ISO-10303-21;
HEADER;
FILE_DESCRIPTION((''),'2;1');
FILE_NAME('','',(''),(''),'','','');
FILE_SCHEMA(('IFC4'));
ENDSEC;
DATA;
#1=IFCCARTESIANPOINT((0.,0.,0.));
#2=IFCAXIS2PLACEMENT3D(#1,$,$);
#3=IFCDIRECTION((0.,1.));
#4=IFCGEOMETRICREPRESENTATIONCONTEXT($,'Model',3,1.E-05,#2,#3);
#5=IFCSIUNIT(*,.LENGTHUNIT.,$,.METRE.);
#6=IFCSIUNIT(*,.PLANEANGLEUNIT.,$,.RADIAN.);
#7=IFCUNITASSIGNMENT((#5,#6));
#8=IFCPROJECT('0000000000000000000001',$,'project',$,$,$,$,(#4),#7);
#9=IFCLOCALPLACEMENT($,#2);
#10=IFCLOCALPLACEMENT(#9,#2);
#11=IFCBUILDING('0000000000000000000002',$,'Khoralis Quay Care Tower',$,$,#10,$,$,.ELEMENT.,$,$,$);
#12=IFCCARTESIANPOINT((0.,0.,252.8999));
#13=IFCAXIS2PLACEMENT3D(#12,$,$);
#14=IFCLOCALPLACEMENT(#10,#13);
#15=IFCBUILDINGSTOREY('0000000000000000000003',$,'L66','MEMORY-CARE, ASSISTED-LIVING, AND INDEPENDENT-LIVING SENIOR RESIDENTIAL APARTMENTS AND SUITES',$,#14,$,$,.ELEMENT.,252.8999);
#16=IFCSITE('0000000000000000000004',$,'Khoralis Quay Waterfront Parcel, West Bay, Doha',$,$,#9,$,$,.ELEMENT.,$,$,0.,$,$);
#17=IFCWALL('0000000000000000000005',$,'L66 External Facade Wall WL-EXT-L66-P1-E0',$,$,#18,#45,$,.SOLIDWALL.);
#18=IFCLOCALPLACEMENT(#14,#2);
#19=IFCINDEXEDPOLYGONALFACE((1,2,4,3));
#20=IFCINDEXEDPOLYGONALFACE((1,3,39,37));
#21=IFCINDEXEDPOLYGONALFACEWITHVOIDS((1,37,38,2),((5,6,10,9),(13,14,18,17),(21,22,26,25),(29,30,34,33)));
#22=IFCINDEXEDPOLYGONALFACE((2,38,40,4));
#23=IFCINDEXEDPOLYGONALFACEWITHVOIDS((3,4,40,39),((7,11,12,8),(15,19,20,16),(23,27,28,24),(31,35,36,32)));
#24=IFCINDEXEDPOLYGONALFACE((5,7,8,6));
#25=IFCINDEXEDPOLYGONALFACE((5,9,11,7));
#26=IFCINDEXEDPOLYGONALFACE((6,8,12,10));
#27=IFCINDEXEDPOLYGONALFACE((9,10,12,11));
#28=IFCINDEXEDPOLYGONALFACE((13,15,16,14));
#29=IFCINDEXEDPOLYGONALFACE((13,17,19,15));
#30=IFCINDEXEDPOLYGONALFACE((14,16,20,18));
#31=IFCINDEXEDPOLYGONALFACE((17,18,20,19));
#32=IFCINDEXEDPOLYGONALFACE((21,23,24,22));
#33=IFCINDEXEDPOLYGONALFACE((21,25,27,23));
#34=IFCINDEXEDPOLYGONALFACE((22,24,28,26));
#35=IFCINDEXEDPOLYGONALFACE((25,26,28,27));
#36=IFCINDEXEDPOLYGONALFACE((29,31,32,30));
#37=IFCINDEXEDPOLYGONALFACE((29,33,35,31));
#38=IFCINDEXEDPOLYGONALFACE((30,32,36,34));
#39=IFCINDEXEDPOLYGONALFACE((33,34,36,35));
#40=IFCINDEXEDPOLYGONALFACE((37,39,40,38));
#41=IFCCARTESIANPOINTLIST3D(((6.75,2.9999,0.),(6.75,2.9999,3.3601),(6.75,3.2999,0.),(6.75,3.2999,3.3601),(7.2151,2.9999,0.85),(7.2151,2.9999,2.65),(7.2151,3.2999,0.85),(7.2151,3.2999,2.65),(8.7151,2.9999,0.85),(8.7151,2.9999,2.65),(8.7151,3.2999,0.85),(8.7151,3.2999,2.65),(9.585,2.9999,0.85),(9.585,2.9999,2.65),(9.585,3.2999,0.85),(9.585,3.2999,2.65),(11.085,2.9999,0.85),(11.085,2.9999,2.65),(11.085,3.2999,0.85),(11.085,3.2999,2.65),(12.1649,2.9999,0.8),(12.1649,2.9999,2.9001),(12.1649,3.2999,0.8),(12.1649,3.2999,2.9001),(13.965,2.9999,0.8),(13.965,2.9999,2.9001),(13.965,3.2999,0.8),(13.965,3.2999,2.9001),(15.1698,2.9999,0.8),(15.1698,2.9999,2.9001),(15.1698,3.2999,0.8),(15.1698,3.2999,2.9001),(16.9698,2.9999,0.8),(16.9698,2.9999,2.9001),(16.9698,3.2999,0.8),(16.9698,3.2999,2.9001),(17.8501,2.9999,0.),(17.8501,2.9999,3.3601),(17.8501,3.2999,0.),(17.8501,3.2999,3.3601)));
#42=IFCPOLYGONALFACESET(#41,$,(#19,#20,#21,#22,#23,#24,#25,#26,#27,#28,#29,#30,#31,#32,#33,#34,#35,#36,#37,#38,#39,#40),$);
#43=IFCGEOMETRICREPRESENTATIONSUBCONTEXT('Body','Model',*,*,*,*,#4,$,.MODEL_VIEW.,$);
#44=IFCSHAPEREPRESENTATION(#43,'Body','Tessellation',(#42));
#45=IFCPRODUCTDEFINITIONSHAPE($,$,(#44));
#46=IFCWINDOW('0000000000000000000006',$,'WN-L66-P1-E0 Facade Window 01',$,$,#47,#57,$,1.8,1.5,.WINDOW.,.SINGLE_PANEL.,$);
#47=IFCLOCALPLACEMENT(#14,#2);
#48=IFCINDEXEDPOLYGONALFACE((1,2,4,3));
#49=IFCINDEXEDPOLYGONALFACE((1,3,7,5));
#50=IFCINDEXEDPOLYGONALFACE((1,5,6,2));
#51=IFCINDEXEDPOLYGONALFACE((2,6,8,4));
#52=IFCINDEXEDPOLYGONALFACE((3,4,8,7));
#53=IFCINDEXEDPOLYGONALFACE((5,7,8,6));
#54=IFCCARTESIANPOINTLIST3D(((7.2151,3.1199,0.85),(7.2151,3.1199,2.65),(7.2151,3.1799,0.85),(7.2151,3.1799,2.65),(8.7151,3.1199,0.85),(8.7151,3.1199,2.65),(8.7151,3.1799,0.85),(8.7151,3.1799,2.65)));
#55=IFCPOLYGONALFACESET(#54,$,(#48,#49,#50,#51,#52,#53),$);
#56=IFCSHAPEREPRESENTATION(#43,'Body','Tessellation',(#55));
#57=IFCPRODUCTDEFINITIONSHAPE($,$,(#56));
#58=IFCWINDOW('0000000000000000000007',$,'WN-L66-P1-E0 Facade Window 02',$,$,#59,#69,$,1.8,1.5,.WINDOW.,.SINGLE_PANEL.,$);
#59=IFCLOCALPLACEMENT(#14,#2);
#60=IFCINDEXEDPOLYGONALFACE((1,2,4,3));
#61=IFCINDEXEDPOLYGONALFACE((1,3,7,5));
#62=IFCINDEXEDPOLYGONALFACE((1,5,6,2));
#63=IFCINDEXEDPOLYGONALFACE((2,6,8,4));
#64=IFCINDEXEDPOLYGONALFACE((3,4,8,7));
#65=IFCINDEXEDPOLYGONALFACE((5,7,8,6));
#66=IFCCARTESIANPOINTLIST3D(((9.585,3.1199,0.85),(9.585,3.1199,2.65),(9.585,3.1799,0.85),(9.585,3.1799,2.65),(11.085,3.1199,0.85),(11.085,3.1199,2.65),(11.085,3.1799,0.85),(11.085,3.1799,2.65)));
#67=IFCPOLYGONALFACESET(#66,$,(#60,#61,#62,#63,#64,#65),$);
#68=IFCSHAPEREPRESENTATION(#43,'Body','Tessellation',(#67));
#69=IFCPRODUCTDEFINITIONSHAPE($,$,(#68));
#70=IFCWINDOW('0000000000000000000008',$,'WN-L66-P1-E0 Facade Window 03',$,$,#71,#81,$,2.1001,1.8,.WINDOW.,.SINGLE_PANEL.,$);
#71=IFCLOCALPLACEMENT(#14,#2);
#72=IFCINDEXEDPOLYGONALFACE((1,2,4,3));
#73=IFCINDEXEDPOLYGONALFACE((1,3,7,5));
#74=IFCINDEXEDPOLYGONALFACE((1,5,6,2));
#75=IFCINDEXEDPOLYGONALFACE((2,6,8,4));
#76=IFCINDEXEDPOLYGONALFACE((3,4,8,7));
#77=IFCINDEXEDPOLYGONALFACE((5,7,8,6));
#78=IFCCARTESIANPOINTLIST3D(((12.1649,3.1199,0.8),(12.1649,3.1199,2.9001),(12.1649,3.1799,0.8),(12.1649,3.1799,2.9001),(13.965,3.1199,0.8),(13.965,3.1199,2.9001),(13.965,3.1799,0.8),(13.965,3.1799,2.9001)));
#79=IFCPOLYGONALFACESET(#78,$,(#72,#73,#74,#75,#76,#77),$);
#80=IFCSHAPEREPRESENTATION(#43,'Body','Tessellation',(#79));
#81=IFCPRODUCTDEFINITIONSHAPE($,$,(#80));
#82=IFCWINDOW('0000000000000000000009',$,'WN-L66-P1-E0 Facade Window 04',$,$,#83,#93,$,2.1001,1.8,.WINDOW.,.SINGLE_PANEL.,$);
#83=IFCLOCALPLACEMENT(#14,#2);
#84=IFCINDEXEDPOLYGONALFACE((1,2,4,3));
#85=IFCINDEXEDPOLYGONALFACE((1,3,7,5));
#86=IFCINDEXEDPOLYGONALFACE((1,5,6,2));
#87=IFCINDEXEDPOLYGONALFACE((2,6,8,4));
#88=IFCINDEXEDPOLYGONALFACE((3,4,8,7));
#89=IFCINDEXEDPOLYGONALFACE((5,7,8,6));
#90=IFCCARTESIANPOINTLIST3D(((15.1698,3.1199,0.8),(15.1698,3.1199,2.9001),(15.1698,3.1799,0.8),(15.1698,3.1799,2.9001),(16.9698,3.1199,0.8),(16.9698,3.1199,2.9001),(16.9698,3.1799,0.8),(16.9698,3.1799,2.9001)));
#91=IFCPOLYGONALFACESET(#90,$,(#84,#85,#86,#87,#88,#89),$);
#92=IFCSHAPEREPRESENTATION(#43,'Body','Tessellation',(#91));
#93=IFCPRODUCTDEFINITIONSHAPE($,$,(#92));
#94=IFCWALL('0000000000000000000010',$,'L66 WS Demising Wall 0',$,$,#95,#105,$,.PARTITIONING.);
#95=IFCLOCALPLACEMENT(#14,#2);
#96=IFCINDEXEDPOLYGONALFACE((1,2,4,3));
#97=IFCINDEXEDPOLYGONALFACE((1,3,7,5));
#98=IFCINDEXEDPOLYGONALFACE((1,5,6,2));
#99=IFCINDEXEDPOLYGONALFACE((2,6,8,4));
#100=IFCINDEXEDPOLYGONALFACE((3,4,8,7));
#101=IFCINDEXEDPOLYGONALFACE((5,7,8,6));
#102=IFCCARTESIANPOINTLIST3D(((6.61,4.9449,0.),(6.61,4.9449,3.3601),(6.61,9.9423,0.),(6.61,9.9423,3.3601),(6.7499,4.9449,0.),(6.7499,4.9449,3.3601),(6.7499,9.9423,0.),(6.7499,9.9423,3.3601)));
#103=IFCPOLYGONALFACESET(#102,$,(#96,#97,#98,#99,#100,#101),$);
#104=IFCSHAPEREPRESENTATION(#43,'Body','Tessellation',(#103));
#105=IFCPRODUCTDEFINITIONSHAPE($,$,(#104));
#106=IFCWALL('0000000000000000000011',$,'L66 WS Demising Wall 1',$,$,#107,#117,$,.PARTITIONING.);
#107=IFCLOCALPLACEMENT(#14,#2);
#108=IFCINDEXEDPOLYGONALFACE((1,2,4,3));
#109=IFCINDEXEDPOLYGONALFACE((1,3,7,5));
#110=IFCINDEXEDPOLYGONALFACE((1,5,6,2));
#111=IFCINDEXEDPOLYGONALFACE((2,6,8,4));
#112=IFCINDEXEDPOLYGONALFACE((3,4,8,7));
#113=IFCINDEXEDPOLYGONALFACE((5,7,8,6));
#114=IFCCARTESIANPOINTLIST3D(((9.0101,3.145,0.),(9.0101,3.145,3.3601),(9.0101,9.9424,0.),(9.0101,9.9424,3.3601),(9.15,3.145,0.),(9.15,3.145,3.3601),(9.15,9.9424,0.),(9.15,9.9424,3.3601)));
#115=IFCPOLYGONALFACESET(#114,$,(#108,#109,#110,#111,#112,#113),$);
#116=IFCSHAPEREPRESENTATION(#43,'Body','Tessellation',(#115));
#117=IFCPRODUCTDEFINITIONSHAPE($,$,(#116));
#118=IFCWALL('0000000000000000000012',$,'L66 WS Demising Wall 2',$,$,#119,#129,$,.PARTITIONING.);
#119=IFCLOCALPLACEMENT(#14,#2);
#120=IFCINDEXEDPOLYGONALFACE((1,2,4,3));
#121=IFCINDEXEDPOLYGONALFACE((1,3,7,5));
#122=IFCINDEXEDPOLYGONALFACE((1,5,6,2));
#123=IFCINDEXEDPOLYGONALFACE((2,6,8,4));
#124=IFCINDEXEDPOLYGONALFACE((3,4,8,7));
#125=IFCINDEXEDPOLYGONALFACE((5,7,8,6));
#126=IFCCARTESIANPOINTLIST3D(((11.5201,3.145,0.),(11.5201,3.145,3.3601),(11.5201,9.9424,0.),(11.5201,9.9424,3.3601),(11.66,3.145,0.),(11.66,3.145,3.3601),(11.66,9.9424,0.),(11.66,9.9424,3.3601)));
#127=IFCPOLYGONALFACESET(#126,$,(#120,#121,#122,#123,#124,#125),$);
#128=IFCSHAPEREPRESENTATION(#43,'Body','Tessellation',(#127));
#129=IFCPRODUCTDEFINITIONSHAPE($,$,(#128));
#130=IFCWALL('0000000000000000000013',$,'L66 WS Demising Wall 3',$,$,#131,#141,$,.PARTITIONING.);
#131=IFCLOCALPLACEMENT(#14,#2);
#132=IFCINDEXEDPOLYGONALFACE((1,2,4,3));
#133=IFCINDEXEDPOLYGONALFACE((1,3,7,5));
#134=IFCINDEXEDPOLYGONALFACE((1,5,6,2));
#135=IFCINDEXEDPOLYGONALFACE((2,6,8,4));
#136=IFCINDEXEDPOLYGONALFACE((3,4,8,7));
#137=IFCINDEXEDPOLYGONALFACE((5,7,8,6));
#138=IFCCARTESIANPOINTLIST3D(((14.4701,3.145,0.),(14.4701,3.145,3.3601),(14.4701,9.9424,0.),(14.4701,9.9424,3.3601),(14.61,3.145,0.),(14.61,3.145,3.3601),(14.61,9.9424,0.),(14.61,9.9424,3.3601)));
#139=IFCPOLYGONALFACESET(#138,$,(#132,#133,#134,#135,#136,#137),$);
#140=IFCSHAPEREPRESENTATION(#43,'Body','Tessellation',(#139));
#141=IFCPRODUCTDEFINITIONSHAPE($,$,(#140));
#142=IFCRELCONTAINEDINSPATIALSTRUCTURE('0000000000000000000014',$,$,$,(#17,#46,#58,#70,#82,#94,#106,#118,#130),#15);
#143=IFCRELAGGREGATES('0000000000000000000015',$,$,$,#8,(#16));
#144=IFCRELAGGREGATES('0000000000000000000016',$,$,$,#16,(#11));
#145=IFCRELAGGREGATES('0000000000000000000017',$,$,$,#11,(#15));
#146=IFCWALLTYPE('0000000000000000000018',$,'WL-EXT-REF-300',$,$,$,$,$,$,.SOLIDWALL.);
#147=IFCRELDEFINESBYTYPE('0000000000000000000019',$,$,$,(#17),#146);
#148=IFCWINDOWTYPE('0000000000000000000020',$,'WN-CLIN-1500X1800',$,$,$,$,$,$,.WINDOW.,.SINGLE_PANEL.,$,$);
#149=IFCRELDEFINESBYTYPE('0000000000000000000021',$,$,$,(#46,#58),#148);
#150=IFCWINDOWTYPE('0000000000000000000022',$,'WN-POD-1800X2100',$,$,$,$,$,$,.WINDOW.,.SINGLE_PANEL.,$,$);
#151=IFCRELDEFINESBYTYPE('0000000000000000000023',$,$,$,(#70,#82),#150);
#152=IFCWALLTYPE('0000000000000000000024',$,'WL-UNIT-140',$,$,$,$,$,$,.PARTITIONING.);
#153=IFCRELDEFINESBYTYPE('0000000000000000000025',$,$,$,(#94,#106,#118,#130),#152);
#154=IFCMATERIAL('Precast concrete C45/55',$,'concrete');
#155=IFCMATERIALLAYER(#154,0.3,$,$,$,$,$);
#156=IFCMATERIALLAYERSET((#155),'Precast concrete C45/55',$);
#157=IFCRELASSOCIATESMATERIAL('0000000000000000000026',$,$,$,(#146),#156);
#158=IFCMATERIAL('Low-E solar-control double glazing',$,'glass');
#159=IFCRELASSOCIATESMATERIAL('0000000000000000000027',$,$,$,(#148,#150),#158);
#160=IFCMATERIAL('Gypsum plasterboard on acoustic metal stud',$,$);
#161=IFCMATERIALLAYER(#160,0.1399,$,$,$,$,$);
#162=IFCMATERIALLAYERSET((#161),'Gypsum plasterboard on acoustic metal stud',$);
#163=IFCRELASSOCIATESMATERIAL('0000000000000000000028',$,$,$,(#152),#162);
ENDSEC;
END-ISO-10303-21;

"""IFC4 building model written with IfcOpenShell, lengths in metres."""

from ifc_helpers import new_model, si_unit, direction, frame, frame_2d, origin, place, context, subcontext, project, spatial, rectangle, extrude, source, transform, mapped, material, layer, layer_set, type_object, element, fill, save


model = new_model("IFC4")

# Units and contexts
model_context = context("Model", 3, precision=1e-05, world=origin(), true_north=direction((0.0, 1.0)))
body_context = subcontext(model_context, "Body", "Model", "MODEL_VIEW")
ifc_project = project(units=[si_unit("LENGTHUNIT", "METRE"), si_unit("PLANEANGLEUNIT", "RADIAN")], contexts=[model_context])

# Site, building, storey
site_placement = place(None, origin())
site = spatial("IfcSite", under=ifc_project, at=site_placement, Name="Khoralis Quay Waterfront Parcel, West Bay, Doha", CompositionType="ELEMENT", RefElevation=0.0)
building_placement = place(site_placement, origin())
building = spatial("IfcBuilding", under=site, at=building_placement, Name="Khoralis Quay Care Tower", CompositionType="ELEMENT")
storey_placement = place(building_placement, frame((0.0, 0.0, 252.8999)))
storey = spatial("IfcBuildingStorey", under=building, at=storey_placement, Name="L66", Description="MEMORY-CARE, ASSISTED-LIVING, AND INDEPENDENT-LIVING SENIOR RESIDENTIAL APARTMENTS AND SUITES", CompositionType="ELEMENT", Elevation=252.8999)

# Wall, openings, windows
ifc_material_1 = material(Name="Precast concrete C45/55", Category="concrete")
ifc_layer_1 = layer(ifc_material_1, 0.3)
ifc_layer_set_1 = layer_set([ifc_layer_1], Name="Precast concrete C45/55")
wall_type_1 = type_object("IfcWallType", Name="WL-EXT-REF-300", PredefinedType="SOLIDWALL", material=ifc_layer_set_1)
wall_1_placement = place(storey_placement, frame((6.75, 3.1499, 0.0), z_axis=(0.0, 0.0, 1.0), x_axis=(1.0, 0.0, 0.0)))
wall_1 = element("IfcWall", 1, at=wall_1_placement, inside=storey, type_object=wall_type_1, Name="L66 External Facade Wall WL-EXT-L66-P1-E0", PredefinedType="SOLIDWALL", context=body_context, shape_type="SweptSolid", body=[
    extrude(rectangle(XDim=11.1001, YDim=0.3, at=frame_2d((5.55, 0.0))), origin(), (0.0, 0.0, 1.0), 3.3601),
])
opening_1_placement = place(wall_1_placement, frame((0.4651, 0.0, 0.8501)))
opening_1 = element("IfcOpeningElement", 2, at=opening_1_placement, cuts=wall_1, PredefinedType="OPENING", context=body_context, shape_type="SweptSolid", body=[
    extrude(rectangle(XDim=1.5, YDim=1.8, at=frame_2d((0.75, 0.8999))), frame((0.0, 0.1602, 0.0), z_axis=(0.0, -1.0, 0.0), x_axis=(1.0, 0.0, 0.0)), (0.0, 0.0, 1.0), 0.3201),
])
opening_2_placement = place(wall_1_placement, frame((2.835, 0.0, 0.8501)))
opening_2 = element("IfcOpeningElement", 3, at=opening_2_placement, cuts=wall_1, PredefinedType="OPENING", context=body_context, shape_type="SweptSolid", body=[
    extrude(rectangle(XDim=1.5, YDim=1.8, at=frame_2d((0.75, 0.8999))), frame((0.0, 0.1602, 0.0), z_axis=(0.0, -1.0, 0.0), x_axis=(1.0, 0.0, 0.0)), (0.0, 0.0, 1.0), 0.3201),
])
opening_3_placement = place(wall_1_placement, frame((5.415, 0.0, 0.8)))
opening_3 = element("IfcOpeningElement", 4, at=opening_3_placement, cuts=wall_1, PredefinedType="OPENING", context=body_context, shape_type="SweptSolid", body=[
    extrude(rectangle(XDim=1.8, YDim=2.1001, at=frame_2d((0.8999, 1.05))), frame((0.0, 0.1602, 0.0), z_axis=(0.0, -1.0, 0.0), x_axis=(1.0, 0.0, 0.0)), (0.0, 0.0, 1.0), 0.3201),
])
opening_4_placement = place(wall_1_placement, frame((8.4199, 0.0, 0.8)))
opening_4 = element("IfcOpeningElement", 5, at=opening_4_placement, cuts=wall_1, PredefinedType="OPENING", context=body_context, shape_type="SweptSolid", body=[
    extrude(rectangle(XDim=1.8, YDim=2.1001, at=frame_2d((0.8999, 1.05))), frame((0.0, 0.1602, 0.0), z_axis=(0.0, -1.0, 0.0), x_axis=(1.0, 0.0, 0.0)), (0.0, 0.0, 1.0), 0.3201),
])
ifc_material_2 = material(Name="Low-E solar-control double glazing", Category="glass")
window_type_1 = type_object("IfcWindowType", Name="WN-CLIN-1500X1800", PartitioningType="SINGLE_PANEL", PredefinedType="WINDOW", material=ifc_material_2)
shared_shape_1 = source(origin(), body_context, "Body", "SweptSolid", [
    extrude(rectangle(XDim=1.5, YDim=1.8, at=frame_2d((0.75, 0.8999))), frame((0.0, 0.03, 0.0), z_axis=(0.0, -1.0, 0.0), x_axis=(1.0, 0.0, 0.0)), (0.0, 0.0, 1.0), 0.0601),
])
window_1_placement = place(opening_1_placement, origin())
window_1 = element("IfcWindow", 6, at=window_1_placement, inside=storey, type_object=window_type_1, Name="WN-L66-P1-E0 Facade Window 01", OverallHeight=1.8, OverallWidth=1.5, PartitioningType="SINGLE_PANEL", PredefinedType="WINDOW", context=body_context, shape_type="MappedRepresentation", body=[
    mapped(shared_shape_1, transform((0.0, 0.0, 0.0), scale=1.0)),
])
fill(opening_1, window_1)
window_2_placement = place(opening_2_placement, origin())
window_2 = element("IfcWindow", 7, at=window_2_placement, inside=storey, type_object=window_type_1, Name="WN-L66-P1-E0 Facade Window 02", OverallHeight=1.8, OverallWidth=1.5, PartitioningType="SINGLE_PANEL", PredefinedType="WINDOW", context=body_context, shape_type="MappedRepresentation", body=[
    mapped(shared_shape_1, transform((0.0, 0.0, 0.0), scale=1.0)),
])
fill(opening_2, window_2)
window_type_2 = type_object("IfcWindowType", Name="WN-POD-1800X2100", PartitioningType="SINGLE_PANEL", PredefinedType="WINDOW", material=ifc_material_2)
shared_shape_2 = source(origin(), body_context, "Body", "SweptSolid", [
    extrude(rectangle(XDim=1.8, YDim=2.1001, at=frame_2d((0.8999, 1.05))), frame((0.0, 0.03, 0.0), z_axis=(0.0, -1.0, 0.0), x_axis=(1.0, 0.0, 0.0)), (0.0, 0.0, 1.0), 0.0601),
])
window_3_placement = place(opening_3_placement, origin())
window_3 = element("IfcWindow", 8, at=window_3_placement, inside=storey, type_object=window_type_2, Name="WN-L66-P1-E0 Facade Window 03", OverallHeight=2.1001, OverallWidth=1.8, PartitioningType="SINGLE_PANEL", PredefinedType="WINDOW", context=body_context, shape_type="MappedRepresentation", body=[
    mapped(shared_shape_2, transform((0.0, 0.0, 0.0), scale=1.0)),
])
fill(opening_3, window_3)
window_4_placement = place(opening_4_placement, origin())
window_4 = element("IfcWindow", 9, at=window_4_placement, inside=storey, type_object=window_type_2, Name="WN-L66-P1-E0 Facade Window 04", OverallHeight=2.1001, OverallWidth=1.8, PartitioningType="SINGLE_PANEL", PredefinedType="WINDOW", context=body_context, shape_type="MappedRepresentation", body=[
    mapped(shared_shape_2, transform((0.0, 0.0, 0.0), scale=1.0)),
])
fill(opening_4, window_4)

# Walls
ifc_material_3 = material(Name="Gypsum plasterboard on acoustic metal stud")
ifc_layer_2 = layer(ifc_material_3, 0.1399)
ifc_layer_set_2 = layer_set([ifc_layer_2], Name="Gypsum plasterboard on acoustic metal stud")
wall_type_2 = type_object("IfcWallType", Name="WL-UNIT-140", PredefinedType="PARTITIONING", material=ifc_layer_set_2)
wall_2_placement = place(storey_placement, frame((6.6799, 4.9451, 0.0), z_axis=(0.0, 0.0, 1.0), x_axis=(0.0, 1.0, 0.0)))
element("IfcWall", 10, at=wall_2_placement, inside=storey, type_object=wall_type_2, Name="L66 WS Demising Wall 0", PredefinedType="PARTITIONING", context=body_context, shape_type="SweptSolid", body=[
    extrude(rectangle(XDim=4.9973, YDim=0.1399, at=frame_2d((2.4985, 0.0))), origin(), (0.0, 0.0, 1.0), 3.3601),
])
for number, where, z_axis, x_axis, name in (
    (11, (9.0801, 3.145, 0.0), (0.0, 0.0, 1.0), (0.0, 1.0, 0.0), "L66 WS Demising Wall 1"),
    (12, (11.5901, 3.145, 0.0), (0.0, 0.0, 1.0), (0.0, 1.0, 0.0), "L66 WS Demising Wall 2"),
    (13, (14.54, 3.145, 0.0), (0.0, 0.0, 1.0), (0.0, 1.0, 0.0), "L66 WS Demising Wall 3"),
):
    element("IfcWall", number, at=place(storey_placement, frame(where, z_axis=z_axis, x_axis=x_axis)), inside=storey, type_object=wall_type_2, Name=name, PredefinedType="PARTITIONING", context=body_context, shape_type="SweptSolid", body=[
        extrude(rectangle(XDim=6.7974, YDim=0.1399, at=frame_2d((3.3987, 0.0))), origin(), (0.0, 0.0, 1.0), 3.3601),
    ])

save(model, "model.ifc")
